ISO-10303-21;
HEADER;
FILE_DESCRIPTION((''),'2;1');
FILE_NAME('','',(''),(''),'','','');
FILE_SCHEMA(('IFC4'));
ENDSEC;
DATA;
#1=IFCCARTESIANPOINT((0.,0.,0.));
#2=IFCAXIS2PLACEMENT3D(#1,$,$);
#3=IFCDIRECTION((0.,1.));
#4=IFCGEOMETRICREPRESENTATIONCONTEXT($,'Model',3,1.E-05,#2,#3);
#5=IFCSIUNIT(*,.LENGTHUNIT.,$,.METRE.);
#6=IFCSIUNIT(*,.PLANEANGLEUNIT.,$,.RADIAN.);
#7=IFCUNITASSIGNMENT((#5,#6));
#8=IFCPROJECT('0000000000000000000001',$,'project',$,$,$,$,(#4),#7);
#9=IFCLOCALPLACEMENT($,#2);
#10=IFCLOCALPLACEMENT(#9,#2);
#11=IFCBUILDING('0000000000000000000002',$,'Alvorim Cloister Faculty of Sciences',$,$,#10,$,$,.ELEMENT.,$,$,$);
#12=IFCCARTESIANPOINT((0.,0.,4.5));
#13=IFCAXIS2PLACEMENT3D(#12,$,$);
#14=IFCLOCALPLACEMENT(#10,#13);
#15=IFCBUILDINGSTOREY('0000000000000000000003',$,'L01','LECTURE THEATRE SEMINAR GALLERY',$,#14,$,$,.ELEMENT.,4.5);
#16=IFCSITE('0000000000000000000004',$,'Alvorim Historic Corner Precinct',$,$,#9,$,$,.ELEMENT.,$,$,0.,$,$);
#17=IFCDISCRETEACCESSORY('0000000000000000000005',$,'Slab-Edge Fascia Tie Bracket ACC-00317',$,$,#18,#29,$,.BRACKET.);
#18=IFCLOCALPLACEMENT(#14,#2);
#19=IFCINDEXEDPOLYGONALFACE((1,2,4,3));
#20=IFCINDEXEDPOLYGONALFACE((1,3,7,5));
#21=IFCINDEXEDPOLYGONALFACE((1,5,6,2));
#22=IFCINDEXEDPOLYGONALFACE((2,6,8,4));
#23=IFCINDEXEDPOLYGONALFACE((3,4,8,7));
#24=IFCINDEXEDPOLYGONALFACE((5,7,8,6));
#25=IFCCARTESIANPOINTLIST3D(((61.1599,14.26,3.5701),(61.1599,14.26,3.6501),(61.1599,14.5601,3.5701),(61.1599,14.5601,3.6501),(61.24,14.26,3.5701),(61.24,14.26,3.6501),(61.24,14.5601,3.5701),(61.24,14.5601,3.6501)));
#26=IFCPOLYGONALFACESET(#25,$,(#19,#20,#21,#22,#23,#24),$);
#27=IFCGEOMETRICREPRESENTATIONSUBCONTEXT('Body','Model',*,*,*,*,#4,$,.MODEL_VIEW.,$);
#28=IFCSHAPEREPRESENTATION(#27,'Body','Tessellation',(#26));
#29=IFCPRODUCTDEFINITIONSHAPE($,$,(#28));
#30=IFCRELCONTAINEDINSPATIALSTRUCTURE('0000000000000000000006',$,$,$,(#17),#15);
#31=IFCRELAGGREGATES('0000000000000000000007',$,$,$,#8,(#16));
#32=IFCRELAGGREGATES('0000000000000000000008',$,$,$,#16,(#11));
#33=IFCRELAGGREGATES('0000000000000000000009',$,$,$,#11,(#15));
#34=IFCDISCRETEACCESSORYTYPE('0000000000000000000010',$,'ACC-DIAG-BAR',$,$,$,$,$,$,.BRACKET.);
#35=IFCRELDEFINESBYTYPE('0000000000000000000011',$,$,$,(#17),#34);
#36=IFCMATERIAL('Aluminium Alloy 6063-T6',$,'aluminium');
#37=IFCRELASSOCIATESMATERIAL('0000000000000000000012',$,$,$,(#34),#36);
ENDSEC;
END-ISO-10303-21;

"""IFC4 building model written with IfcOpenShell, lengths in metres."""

from ifc_helpers import new_model, si_unit, direction, frame, origin, origin_2d, place, context, subcontext, project, spatial, rectangle, extrude, material, type_object, element, save


model = new_model("IFC4")

# Units and contexts
model_context = context("Model", 3, precision=1e-05, world=origin(), true_north=direction((0.0, 1.0)))
body_context = subcontext(model_context, "Body", "Model", "MODEL_VIEW")
ifc_project = project(units=[si_unit("LENGTHUNIT", "METRE"), si_unit("PLANEANGLEUNIT", "RADIAN")], contexts=[model_context])

# Site, building, storey
site_placement = place(None, origin())
site = spatial("IfcSite", under=ifc_project, at=site_placement, Name="Alvorim Historic Corner Precinct", CompositionType="ELEMENT", RefElevation=0.0)
building_placement = place(site_placement, origin())
building = spatial("IfcBuilding", under=site, at=building_placement, Name="Alvorim Cloister Faculty of Sciences", CompositionType="ELEMENT")
storey_placement = place(building_placement, frame((0.0, 0.0, 4.5)))
storey = spatial("IfcBuildingStorey", under=building, at=storey_placement, Name="L01", Description="LECTURE THEATRE SEMINAR GALLERY", CompositionType="ELEMENT", Elevation=4.5)

# Shared definitions
ifc_material_1 = material(Name="Aluminium Alloy 6063-T6", Category="aluminium")

# Discrete accessory
discrete_accessory_type = type_object("IfcDiscreteAccessoryType", Name="ACC-DIAG-BAR", PredefinedType="BRACKET", material=ifc_material_1)
discrete_accessory_placement = place(storey_placement, frame((61.2, 14.26, 3.6101), z_axis=(0.0, 1.0, 0.0), x_axis=(-1.0, 0.0, 0.0)))
element("IfcDiscreteAccessory", 1, at=discrete_accessory_placement, inside=storey, type_object=discrete_accessory_type, Name="Slab-Edge Fascia Tie Bracket ACC-00317", PredefinedType="BRACKET", context=body_context, shape_type="SweptSolid", body=[
    extrude(rectangle(XDim=0.0801, YDim=0.0801, at=origin_2d()), origin(), (0.0, 0.0, 1.0), 0.3),
])

save(model, "model.ifc")
